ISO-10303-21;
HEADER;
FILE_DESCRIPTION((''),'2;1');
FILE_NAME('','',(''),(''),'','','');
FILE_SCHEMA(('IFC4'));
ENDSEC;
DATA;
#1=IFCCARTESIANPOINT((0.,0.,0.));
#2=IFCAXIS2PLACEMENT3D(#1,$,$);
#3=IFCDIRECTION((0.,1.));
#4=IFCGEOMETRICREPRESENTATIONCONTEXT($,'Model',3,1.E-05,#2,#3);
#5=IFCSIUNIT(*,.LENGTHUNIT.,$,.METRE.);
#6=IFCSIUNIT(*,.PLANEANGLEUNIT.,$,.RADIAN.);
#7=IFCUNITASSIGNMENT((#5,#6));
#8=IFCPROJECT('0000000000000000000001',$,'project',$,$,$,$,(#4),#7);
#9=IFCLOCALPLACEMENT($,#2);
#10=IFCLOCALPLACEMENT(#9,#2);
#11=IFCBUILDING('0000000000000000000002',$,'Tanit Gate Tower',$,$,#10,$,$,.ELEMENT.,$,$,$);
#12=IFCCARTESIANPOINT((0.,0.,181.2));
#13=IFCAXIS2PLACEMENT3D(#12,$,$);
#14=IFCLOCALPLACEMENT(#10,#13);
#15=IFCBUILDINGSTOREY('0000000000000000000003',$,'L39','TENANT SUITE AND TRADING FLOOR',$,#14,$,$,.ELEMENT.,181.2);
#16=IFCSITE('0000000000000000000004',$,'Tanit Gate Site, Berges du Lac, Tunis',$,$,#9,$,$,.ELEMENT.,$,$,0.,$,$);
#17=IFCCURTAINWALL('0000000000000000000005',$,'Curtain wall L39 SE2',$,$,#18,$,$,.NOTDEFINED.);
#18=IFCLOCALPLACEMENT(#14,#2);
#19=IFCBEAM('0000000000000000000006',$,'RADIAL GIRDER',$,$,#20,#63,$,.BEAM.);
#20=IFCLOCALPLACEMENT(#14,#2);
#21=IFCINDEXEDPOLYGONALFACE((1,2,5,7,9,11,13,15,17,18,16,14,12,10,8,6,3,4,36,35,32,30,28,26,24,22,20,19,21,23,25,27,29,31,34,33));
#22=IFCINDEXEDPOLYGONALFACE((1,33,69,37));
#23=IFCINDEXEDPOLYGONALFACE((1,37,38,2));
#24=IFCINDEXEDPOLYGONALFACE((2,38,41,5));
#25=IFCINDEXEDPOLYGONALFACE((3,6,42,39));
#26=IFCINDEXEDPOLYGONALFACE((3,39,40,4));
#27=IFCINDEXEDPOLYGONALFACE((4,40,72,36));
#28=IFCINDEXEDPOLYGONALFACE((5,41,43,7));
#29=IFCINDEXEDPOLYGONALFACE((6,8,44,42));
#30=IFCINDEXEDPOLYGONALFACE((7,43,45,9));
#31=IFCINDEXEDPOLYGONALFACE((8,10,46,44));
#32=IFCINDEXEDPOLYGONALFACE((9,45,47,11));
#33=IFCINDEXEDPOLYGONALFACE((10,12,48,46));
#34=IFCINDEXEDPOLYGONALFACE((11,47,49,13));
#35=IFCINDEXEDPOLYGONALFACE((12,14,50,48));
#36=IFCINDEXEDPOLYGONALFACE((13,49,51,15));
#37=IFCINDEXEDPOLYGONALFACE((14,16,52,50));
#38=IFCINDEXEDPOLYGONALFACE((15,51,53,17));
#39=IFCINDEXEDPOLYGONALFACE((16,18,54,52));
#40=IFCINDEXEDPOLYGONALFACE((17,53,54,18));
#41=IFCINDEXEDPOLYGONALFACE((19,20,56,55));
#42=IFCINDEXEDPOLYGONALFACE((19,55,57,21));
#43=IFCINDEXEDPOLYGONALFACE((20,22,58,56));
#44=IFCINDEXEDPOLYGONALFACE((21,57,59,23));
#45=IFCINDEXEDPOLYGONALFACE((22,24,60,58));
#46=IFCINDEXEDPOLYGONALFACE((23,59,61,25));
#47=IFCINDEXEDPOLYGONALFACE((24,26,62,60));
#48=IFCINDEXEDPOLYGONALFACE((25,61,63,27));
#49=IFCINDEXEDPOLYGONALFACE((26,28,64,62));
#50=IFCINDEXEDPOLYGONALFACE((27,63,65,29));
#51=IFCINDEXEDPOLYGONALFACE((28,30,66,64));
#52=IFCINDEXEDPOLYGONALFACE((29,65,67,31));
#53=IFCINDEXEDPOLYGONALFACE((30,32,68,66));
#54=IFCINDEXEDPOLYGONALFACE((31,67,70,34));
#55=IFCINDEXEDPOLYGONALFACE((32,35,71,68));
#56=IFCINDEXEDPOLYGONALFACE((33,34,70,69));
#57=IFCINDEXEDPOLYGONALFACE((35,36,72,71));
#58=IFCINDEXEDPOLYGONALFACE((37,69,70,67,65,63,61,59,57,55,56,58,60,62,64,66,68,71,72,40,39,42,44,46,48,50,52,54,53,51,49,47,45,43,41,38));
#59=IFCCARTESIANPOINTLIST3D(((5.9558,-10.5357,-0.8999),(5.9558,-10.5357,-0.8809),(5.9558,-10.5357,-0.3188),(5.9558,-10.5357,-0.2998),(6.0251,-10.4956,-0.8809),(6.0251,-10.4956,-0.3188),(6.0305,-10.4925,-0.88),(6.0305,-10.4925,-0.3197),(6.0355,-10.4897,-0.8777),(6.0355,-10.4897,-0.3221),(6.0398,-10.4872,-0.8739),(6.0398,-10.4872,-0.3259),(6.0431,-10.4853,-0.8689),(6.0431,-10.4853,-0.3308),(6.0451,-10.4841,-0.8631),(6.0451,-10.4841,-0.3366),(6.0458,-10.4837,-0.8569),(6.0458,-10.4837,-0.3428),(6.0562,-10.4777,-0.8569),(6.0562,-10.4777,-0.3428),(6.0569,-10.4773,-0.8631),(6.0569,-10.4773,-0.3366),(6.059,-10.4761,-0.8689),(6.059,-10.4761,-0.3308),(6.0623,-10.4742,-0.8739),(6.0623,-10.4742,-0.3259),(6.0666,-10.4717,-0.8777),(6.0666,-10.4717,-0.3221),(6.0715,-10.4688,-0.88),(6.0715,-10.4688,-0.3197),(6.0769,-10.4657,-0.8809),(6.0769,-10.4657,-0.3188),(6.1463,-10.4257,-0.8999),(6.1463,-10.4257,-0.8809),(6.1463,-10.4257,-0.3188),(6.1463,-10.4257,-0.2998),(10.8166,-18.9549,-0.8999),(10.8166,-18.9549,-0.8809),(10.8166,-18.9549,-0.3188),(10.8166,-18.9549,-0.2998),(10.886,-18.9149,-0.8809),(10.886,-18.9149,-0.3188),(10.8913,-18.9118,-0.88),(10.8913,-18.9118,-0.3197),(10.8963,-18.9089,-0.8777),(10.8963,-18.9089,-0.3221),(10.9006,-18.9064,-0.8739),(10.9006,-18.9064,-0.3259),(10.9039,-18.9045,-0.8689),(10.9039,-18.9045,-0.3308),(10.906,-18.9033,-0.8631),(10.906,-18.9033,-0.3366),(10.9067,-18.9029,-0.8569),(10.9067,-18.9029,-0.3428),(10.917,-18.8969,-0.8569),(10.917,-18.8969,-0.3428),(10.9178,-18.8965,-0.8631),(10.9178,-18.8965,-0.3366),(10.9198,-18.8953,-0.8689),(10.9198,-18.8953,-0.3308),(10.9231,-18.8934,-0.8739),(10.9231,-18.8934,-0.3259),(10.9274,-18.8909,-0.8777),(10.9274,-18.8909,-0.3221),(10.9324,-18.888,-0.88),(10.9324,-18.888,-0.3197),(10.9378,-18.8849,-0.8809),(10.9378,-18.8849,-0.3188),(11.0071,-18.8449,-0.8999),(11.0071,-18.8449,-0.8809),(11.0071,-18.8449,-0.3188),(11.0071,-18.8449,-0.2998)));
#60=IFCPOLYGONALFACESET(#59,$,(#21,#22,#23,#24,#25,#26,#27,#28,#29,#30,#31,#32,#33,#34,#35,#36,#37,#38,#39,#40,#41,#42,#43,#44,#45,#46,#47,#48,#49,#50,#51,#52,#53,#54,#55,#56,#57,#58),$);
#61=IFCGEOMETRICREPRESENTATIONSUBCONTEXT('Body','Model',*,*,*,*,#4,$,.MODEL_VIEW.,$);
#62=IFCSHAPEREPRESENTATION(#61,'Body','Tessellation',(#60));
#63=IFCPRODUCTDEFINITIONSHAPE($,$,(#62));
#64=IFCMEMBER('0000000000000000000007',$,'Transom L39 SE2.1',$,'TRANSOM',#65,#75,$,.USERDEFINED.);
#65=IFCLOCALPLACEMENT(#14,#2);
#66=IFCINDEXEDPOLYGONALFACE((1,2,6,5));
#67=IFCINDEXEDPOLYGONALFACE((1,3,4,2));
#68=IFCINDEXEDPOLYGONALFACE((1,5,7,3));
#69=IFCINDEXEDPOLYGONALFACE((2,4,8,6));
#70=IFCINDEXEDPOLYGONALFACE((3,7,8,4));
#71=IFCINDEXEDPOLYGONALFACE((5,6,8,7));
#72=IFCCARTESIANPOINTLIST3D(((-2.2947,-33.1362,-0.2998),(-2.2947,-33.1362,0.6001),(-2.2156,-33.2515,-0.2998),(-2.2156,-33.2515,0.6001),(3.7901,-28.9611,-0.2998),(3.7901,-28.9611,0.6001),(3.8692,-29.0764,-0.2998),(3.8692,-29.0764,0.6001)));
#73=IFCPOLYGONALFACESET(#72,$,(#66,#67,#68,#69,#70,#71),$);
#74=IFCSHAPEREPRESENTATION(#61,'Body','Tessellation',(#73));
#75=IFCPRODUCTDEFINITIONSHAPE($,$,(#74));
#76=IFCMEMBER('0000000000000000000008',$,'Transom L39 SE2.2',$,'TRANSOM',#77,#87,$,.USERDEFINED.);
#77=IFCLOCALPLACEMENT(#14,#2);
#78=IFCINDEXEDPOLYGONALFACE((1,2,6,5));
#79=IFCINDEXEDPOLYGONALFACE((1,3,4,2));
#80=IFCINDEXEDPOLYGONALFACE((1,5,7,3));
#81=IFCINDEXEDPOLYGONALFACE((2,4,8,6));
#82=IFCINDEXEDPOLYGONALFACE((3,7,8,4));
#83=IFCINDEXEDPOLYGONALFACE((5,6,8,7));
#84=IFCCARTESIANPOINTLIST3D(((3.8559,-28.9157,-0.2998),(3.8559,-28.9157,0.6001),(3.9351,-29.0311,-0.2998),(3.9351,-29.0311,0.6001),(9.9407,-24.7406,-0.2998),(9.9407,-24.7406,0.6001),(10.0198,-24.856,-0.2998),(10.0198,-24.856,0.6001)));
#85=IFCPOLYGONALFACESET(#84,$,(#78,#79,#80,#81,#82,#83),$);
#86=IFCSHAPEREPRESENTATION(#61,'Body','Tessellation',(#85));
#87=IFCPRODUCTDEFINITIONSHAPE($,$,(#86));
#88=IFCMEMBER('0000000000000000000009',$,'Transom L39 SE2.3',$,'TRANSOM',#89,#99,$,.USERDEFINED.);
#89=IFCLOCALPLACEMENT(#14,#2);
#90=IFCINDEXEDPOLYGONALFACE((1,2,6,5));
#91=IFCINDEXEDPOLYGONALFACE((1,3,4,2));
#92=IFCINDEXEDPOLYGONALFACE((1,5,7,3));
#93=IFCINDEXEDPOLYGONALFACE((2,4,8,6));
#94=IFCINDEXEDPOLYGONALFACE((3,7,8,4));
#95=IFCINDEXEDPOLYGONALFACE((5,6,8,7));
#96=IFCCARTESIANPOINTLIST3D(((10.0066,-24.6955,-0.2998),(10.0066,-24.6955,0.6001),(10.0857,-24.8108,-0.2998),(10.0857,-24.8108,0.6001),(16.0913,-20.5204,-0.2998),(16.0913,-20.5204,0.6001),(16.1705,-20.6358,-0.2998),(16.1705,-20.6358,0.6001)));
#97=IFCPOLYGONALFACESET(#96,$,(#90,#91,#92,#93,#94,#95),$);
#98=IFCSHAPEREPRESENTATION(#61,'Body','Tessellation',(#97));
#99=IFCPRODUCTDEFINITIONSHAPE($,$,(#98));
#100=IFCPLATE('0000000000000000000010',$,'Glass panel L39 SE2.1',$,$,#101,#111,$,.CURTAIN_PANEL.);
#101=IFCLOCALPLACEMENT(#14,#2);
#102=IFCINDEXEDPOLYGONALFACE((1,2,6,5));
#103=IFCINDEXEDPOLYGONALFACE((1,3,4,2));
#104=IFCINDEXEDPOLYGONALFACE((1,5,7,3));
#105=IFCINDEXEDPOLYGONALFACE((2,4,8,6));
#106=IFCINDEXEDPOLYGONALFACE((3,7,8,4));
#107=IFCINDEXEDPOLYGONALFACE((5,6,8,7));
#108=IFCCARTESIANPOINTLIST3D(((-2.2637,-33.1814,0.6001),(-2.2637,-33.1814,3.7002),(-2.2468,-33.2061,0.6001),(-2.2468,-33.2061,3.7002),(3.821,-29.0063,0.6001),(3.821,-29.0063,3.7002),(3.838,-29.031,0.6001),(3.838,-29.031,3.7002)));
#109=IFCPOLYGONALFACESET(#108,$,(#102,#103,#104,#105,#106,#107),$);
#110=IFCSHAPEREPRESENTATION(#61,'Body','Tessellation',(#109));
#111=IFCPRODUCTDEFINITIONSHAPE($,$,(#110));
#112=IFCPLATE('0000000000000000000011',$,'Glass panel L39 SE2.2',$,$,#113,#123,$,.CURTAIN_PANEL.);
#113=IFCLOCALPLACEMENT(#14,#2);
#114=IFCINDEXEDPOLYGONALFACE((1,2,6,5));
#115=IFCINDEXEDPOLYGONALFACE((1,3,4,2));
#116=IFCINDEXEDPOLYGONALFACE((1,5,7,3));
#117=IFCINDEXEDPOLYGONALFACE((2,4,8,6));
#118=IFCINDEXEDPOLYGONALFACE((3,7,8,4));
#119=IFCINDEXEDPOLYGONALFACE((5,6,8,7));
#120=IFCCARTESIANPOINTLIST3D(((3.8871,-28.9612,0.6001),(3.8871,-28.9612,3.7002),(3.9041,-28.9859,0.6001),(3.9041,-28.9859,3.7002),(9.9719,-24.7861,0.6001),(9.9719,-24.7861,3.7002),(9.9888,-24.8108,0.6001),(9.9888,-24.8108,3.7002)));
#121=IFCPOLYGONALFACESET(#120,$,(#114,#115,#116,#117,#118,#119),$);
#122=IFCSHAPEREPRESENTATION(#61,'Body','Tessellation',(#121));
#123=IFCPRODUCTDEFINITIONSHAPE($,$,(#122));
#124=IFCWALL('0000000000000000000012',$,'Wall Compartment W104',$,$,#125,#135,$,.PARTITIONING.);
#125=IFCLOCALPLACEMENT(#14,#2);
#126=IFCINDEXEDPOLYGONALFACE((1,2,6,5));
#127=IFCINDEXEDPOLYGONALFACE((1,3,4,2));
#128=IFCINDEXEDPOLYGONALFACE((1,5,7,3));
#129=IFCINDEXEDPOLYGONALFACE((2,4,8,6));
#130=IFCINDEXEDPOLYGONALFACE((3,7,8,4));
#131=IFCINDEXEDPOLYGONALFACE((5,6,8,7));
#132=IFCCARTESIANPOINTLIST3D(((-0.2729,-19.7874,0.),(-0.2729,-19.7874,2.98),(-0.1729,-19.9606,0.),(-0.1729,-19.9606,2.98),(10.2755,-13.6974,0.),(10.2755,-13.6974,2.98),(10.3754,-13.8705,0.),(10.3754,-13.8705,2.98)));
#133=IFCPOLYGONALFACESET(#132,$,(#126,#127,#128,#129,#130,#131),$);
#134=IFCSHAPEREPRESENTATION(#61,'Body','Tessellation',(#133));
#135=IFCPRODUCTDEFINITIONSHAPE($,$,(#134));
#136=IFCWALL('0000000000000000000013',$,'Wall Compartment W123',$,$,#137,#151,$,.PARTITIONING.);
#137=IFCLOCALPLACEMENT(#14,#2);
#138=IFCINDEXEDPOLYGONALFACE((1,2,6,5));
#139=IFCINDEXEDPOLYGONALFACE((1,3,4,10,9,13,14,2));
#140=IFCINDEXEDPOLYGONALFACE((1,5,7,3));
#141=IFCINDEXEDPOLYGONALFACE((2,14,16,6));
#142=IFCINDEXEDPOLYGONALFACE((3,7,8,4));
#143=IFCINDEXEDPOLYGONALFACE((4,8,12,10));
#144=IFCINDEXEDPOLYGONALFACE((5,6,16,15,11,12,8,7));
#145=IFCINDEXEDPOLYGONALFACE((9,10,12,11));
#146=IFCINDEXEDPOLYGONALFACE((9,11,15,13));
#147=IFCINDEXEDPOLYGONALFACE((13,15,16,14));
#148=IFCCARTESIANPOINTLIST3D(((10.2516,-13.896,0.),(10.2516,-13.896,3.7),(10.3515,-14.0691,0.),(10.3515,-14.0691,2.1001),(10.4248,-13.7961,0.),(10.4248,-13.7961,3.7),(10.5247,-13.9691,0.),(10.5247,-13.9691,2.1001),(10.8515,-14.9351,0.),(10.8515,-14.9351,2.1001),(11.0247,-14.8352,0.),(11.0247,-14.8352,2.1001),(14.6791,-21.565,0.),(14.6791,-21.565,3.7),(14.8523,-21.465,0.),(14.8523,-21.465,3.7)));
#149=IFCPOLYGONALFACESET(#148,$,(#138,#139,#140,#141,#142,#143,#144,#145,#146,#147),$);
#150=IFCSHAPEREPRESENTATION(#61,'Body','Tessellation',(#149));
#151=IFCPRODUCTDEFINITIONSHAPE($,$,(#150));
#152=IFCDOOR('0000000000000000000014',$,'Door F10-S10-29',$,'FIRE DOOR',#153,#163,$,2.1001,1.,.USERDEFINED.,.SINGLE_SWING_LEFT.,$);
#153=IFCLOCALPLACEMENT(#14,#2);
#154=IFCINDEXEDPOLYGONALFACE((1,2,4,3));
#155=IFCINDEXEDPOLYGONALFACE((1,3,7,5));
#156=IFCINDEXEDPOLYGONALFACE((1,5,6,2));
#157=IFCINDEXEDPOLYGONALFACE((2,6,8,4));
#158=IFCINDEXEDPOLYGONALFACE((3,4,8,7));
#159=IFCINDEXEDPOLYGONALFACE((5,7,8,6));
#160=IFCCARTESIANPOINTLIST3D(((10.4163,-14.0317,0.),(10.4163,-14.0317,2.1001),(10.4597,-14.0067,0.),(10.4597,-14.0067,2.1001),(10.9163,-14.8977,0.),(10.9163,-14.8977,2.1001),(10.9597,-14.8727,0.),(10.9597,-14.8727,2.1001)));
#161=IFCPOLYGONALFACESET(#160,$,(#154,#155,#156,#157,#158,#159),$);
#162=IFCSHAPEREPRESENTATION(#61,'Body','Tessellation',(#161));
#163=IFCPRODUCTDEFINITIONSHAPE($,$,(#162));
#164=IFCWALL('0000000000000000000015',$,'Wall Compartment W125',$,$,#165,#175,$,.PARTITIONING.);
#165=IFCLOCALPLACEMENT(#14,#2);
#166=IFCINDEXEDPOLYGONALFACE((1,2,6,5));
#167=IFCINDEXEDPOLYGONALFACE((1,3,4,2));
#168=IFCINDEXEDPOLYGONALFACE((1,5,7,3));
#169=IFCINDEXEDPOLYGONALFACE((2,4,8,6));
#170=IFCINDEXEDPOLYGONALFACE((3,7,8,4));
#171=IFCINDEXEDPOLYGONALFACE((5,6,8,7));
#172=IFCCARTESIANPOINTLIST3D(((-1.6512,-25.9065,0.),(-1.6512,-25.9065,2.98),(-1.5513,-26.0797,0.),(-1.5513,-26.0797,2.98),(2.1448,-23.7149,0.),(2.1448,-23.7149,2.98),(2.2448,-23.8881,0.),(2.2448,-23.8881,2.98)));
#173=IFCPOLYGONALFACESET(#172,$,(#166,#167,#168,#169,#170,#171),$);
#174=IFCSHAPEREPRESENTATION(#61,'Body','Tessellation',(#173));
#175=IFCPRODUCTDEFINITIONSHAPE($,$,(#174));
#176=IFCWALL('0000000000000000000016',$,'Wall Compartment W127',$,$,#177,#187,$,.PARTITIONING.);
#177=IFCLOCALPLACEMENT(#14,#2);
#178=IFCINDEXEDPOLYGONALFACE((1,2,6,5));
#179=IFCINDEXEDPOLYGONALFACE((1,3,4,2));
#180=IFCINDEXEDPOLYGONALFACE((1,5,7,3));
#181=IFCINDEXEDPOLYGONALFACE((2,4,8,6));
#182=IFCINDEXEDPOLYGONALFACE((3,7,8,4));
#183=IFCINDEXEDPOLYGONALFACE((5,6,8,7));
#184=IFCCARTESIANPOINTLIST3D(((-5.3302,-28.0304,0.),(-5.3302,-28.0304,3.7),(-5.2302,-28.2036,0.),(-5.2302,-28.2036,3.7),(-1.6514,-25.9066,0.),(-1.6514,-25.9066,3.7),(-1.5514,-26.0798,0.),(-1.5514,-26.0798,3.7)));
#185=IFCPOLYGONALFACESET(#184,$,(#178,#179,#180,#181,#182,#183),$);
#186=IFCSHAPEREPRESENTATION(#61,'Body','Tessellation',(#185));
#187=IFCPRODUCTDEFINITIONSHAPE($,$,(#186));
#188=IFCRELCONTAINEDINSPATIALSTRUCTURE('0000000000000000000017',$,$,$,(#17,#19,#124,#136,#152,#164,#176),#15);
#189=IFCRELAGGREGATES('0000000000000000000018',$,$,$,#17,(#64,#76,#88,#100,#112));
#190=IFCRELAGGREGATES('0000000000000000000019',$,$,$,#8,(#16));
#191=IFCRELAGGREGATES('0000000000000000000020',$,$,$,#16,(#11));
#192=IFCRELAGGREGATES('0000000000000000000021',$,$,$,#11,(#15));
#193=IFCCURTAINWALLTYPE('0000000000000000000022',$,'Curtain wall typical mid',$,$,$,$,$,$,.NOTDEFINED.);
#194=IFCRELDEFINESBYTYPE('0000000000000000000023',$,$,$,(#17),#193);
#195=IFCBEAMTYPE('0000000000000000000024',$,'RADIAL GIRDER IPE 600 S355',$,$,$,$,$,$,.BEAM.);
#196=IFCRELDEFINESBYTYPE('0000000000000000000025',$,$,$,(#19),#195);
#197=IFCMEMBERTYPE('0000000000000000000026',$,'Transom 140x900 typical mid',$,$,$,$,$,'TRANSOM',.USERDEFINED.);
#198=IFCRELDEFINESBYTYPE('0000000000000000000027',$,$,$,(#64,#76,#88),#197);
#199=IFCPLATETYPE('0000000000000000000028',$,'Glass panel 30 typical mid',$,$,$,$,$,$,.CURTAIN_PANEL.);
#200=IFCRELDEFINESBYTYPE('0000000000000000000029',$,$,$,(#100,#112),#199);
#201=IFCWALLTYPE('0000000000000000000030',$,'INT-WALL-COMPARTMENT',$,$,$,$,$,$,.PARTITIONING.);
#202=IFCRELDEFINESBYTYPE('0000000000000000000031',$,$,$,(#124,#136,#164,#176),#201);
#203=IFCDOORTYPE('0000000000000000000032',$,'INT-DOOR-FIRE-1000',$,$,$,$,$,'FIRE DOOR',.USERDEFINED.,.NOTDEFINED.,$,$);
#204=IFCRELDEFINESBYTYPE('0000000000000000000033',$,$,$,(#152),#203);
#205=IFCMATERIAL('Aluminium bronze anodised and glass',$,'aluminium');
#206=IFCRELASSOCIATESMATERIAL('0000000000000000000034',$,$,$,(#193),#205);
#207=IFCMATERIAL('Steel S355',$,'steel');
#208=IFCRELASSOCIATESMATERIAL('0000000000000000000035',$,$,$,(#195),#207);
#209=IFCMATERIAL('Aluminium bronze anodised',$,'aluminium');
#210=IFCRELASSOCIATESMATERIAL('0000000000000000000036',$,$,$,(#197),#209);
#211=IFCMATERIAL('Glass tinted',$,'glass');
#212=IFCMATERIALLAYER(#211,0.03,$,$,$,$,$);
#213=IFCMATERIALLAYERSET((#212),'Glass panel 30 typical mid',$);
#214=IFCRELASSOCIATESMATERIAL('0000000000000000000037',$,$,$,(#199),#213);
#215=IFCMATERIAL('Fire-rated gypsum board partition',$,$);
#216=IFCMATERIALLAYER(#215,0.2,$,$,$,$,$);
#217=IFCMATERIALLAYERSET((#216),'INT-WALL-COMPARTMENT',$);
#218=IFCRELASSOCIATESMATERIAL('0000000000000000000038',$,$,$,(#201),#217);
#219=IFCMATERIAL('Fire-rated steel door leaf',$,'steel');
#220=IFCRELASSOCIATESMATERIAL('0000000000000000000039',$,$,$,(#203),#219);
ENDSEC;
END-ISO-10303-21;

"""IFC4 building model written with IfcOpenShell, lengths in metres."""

from ifc_helpers import new_model, si_unit, direction, frame, frame_2d, origin, origin_2d, place, context, subcontext, project, spatial, rectangle, i_section, extrude, material, layer, layer_set, material_profile, profile_set, type_object, element, fill, aggregate, save


model = new_model("IFC4")

# Units and contexts
model_context = context("Model", 3, precision=1e-05, world=origin(), true_north=direction((0.0, 1.0)))
body_context = subcontext(model_context, "Body", "Model", "MODEL_VIEW")
ifc_project = project(units=[si_unit("LENGTHUNIT", "METRE"), si_unit("PLANEANGLEUNIT", "RADIAN")], contexts=[model_context])

# Site, building, storey
site_placement = place(None, origin())
site = spatial("IfcSite", under=ifc_project, at=site_placement, Name="Tanit Gate Site, Berges du Lac, Tunis", CompositionType="ELEMENT", RefElevation=0.0)
building_placement = place(site_placement, origin())
building = spatial("IfcBuilding", under=site, at=building_placement, Name="Tanit Gate Tower", CompositionType="ELEMENT")
storey_placement = place(building_placement, frame((0.0, 0.0, 181.2)))
storey = spatial("IfcBuildingStorey", under=building, at=storey_placement, Name="L39", Description="TENANT SUITE AND TRADING FLOOR", CompositionType="ELEMENT", Elevation=181.2)

# Curtain wall
ifc_material_1 = material(Name="Aluminium bronze anodised and glass", Category="aluminium")
curtain_wall_type = type_object("IfcCurtainWallType", Name="Curtain wall typical mid", PredefinedType="NOTDEFINED", material=ifc_material_1)
curtain_wall_1_placement = place(storey_placement, origin())
curtain_wall_1 = element("IfcCurtainWall", 1, at=curtain_wall_1_placement, inside=storey, type_object=curtain_wall_type, Name="Curtain wall L39 SE2", PredefinedType="NOTDEFINED")

# Beam
ifc_material_2 = material(Name="Steel S355", Category="steel")
ifc_material_profile_1 = material_profile(ifc_material_2, i_section(OverallWidth=0.22, OverallDepth=0.6001, WebThickness=0.012, FlangeThickness=0.019, FilletRadius=0.0239, at=origin_2d()), Name="IPE 600")
ifc_profile_set_1 = profile_set([ifc_material_profile_1], Name="Steel S355")
beam_type_1 = type_object("IfcBeamType", Name="RADIAL GIRDER IPE 600 S355", PredefinedType="BEAM", material=ifc_profile_set_1)
beam_1_placement = place(storey_placement, frame((10.9119, -18.8999, -0.5999), z_axis=(-0.500001, 0.866025, 0.0), x_axis=(-0.866025, -0.500001, 0.0)))
element("IfcBeam", 2, at=beam_1_placement, inside=storey, type_object=beam_type_1, Name="RADIAL GIRDER", PredefinedType="BEAM", context=body_context, shape_type="SweptSolid", body=[
    extrude(i_section(OverallWidth=0.22, OverallDepth=0.6001, WebThickness=0.012, FlangeThickness=0.019, FilletRadius=0.0239, at=origin_2d()), origin(), (0.0, 0.0, 1.0), 9.7217),
])

# Members
ifc_material_3 = material(Name="Aluminium bronze anodised", Category="aluminium")
ifc_material_profile_2 = material_profile(ifc_material_3, rectangle(XDim=0.1399, YDim=0.8999, at=origin_2d()), Name="140x900 bronze transom")
ifc_profile_set_2 = profile_set([ifc_material_profile_2], Name="Aluminium bronze anodised")
member_type_1 = type_object("IfcMemberType", Name="Transom 140x900 typical mid", ElementType="TRANSOM", PredefinedType="USERDEFINED", material=ifc_profile_set_2)
member_1_placement = place(storey_placement, frame((-2.2551, -33.1938, 0.1501), z_axis=(0.82456, 0.565775, 0.0), x_axis=(-0.565775, 0.82456, 0.0)))
member_1 = element("IfcMember", 3, at=member_1_placement, type_object=member_type_1, Name="Transom L39 SE2.1", ObjectType="TRANSOM", PredefinedType="USERDEFINED", context=body_context, shape_type="SweptSolid", body=[
    extrude(rectangle(XDim=0.1399, YDim=0.8999, at=origin_2d()), origin(), (0.0, 0.0, 1.0), 7.3794),
])
member_2_placement = place(storey_placement, frame((3.8955, -28.9734, 0.1501), z_axis=(0.82456, 0.565775, 0.0), x_axis=(-0.565775, 0.82456, 0.0)))
member_2 = element("IfcMember", 4, at=member_2_placement, type_object=member_type_1, Name="Transom L39 SE2.2", ObjectType="TRANSOM", PredefinedType="USERDEFINED", context=body_context, shape_type="SweptSolid", body=[
    extrude(rectangle(XDim=0.1399, YDim=0.8999, at=origin_2d()), origin(), (0.0, 0.0, 1.0), 7.3794),
])
member_3_placement = place(storey_placement, frame((10.0461, -24.7532, 0.1501), z_axis=(0.82456, 0.565775, 0.0), x_axis=(-0.565775, 0.82456, 0.0)))
member_3 = element("IfcMember", 5, at=member_3_placement, type_object=member_type_1, Name="Transom L39 SE2.3", ObjectType="TRANSOM", PredefinedType="USERDEFINED", context=body_context, shape_type="SweptSolid", body=[
    extrude(rectangle(XDim=0.1399, YDim=0.8999, at=origin_2d()), origin(), (0.0, 0.0, 1.0), 7.3794),
])

# Plates
ifc_material_4 = material(Name="Glass tinted", Category="glass")
ifc_layer_1 = layer(ifc_material_4, 0.03)
ifc_layer_set_1 = layer_set([ifc_layer_1], Name="Glass panel 30 typical mid")
plate_type = type_object("IfcPlateType", Name="Glass panel 30 typical mid", PredefinedType="CURTAIN_PANEL", material=ifc_layer_set_1)
plate_1_placement = place(storey_placement, frame((0.7871, -31.1062, 0.6001), z_axis=(0.0, 0.0, 1.0), x_axis=(0.824557, 0.56578, 0.0)))
plate_1 = element("IfcPlate", 6, at=plate_1_placement, type_object=plate_type, Name="Glass panel L39 SE2.1", PredefinedType="CURTAIN_PANEL", context=body_context, shape_type="SweptSolid", body=[
    extrude(rectangle(XDim=7.3794, YDim=0.03, at=origin_2d()), origin(), (0.0, 0.0, 1.0), 3.1001),
])
plate_2_placement = place(storey_placement, frame((6.938, -26.886, 0.6001), z_axis=(0.0, 0.0, 1.0), x_axis=(0.824557, 0.56578, 0.0)))
plate_2 = element("IfcPlate", 7, at=plate_2_placement, type_object=plate_type, Name="Glass panel L39 SE2.2", PredefinedType="CURTAIN_PANEL", context=body_context, shape_type="SweptSolid", body=[
    extrude(rectangle(XDim=7.3794, YDim=0.03, at=origin_2d()), origin(), (0.0, 0.0, 1.0), 3.1001),
])
aggregate(curtain_wall_1, [member_1, member_2, member_3, plate_1, plate_2])

# Wall
ifc_material_5 = material(Name="Fire-rated gypsum board partition")
ifc_layer_2 = layer(ifc_material_5, 0.2)
ifc_layer_set_2 = layer_set([ifc_layer_2], Name="INT-WALL-COMPARTMENT")
wall_type_1 = type_object("IfcWallType", Name="INT-WALL-COMPARTMENT", PredefinedType="PARTITIONING", material=ifc_layer_set_2)
wall_1_placement = place(storey_placement, frame((-0.2229, -19.874, 0.0), z_axis=(0.0, 0.0, 1.0), x_axis=(0.866025, 0.5, 0.0)))
element("IfcWall", 8, at=wall_1_placement, inside=storey, type_object=wall_type_1, Name="Wall Compartment W104", PredefinedType="PARTITIONING", context=body_context, shape_type="SweptSolid", body=[
    extrude(rectangle(XDim=12.1802, YDim=0.2, at=frame_2d((6.0901, 0.0))), origin(), (0.0, 0.0, 1.0), 2.98),
])

# Wall, opening, door
wall_2_placement = place(storey_placement, frame((10.3381, -13.8459, 0.0), z_axis=(0.0, 0.0, 1.0), x_axis=(0.499985, -0.866034, 0.0)))
wall_2 = element("IfcWall", 9, at=wall_2_placement, inside=storey, type_object=wall_type_1, Name="Wall Compartment W123", PredefinedType="PARTITIONING", context=body_context, shape_type="SweptSolid", body=[
    extrude(rectangle(XDim=8.8552, YDim=0.2, at=frame_2d((4.4277, 0.0))), origin(), (0.0, 0.0, 1.0), 3.7),
])
opening_placement = place(wall_2_placement, frame((0.2, 0.0, 0.0)))
opening = element("IfcOpeningElement", 10, at=opening_placement, cuts=wall_2, PredefinedType="OPENING", context=body_context, shape_type="SweptSolid", body=[
    extrude(rectangle(XDim=1.0, YDim=2.1001, at=frame_2d((0.5, 1.05))), frame((0.0, 0.1099, 0.0), z_axis=(0.0, -1.0, 0.0), x_axis=(1.0, 0.0, 0.0)), (0.0, 0.0, 1.0), 0.22),
])
ifc_material_6 = material(Name="Fire-rated steel door leaf", Category="steel")
door_type = type_object("IfcDoorType", Name="INT-DOOR-FIRE-1000", ElementType="FIRE DOOR", OperationType="NOTDEFINED", PredefinedType="USERDEFINED", material=ifc_material_6)
door_placement = place(opening_placement, origin())
door = element("IfcDoor", 11, at=door_placement, inside=storey, type_object=door_type, Name="Door F10-S10-29", ObjectType="FIRE DOOR", OperationType="SINGLE_SWING_LEFT", OverallHeight=2.1001, OverallWidth=1.0, PredefinedType="USERDEFINED", context=body_context, shape_type="SweptSolid", body=[
    extrude(rectangle(XDim=1.0, YDim=2.1001, at=frame_2d((0.5, 1.05))), frame((0.0, 0.0249, 0.0), z_axis=(0.0, -1.0, 0.0), x_axis=(1.0, 0.0, 0.0)), (0.0, 0.0, 1.0), 0.05),
])
fill(opening, door)

# Walls
wall_3_placement = place(storey_placement, frame((2.1948, -23.8015, 0.0), z_axis=(0.0, 0.0, 1.0), x_axis=(-0.866031, -0.499991, 0.0)))
element("IfcWall", 12, at=wall_3_placement, inside=storey, type_object=wall_type_1, Name="Wall Compartment W125", PredefinedType="PARTITIONING", context=body_context, shape_type="SweptSolid", body=[
    extrude(rectangle(XDim=4.3833, YDim=0.2, at=frame_2d((2.1917, 0.0))), origin(), (0.0, 0.0, 1.0), 2.98),
])
wall_4_placement = place(storey_placement, frame((-1.6013, -25.9932, 0.0), z_axis=(0.0, 0.0, 1.0), x_axis=(-0.866038, -0.499978, 0.0)))
element("IfcWall", 13, at=wall_4_placement, inside=storey, type_object=wall_type_1, Name="Wall Compartment W127", PredefinedType="PARTITIONING", context=body_context, shape_type="SweptSolid", body=[
    extrude(rectangle(XDim=4.2478, YDim=0.2, at=frame_2d((2.124, 0.0))), origin(), (0.0, 0.0, 1.0), 3.7),
])

save(model, "model.ifc")
